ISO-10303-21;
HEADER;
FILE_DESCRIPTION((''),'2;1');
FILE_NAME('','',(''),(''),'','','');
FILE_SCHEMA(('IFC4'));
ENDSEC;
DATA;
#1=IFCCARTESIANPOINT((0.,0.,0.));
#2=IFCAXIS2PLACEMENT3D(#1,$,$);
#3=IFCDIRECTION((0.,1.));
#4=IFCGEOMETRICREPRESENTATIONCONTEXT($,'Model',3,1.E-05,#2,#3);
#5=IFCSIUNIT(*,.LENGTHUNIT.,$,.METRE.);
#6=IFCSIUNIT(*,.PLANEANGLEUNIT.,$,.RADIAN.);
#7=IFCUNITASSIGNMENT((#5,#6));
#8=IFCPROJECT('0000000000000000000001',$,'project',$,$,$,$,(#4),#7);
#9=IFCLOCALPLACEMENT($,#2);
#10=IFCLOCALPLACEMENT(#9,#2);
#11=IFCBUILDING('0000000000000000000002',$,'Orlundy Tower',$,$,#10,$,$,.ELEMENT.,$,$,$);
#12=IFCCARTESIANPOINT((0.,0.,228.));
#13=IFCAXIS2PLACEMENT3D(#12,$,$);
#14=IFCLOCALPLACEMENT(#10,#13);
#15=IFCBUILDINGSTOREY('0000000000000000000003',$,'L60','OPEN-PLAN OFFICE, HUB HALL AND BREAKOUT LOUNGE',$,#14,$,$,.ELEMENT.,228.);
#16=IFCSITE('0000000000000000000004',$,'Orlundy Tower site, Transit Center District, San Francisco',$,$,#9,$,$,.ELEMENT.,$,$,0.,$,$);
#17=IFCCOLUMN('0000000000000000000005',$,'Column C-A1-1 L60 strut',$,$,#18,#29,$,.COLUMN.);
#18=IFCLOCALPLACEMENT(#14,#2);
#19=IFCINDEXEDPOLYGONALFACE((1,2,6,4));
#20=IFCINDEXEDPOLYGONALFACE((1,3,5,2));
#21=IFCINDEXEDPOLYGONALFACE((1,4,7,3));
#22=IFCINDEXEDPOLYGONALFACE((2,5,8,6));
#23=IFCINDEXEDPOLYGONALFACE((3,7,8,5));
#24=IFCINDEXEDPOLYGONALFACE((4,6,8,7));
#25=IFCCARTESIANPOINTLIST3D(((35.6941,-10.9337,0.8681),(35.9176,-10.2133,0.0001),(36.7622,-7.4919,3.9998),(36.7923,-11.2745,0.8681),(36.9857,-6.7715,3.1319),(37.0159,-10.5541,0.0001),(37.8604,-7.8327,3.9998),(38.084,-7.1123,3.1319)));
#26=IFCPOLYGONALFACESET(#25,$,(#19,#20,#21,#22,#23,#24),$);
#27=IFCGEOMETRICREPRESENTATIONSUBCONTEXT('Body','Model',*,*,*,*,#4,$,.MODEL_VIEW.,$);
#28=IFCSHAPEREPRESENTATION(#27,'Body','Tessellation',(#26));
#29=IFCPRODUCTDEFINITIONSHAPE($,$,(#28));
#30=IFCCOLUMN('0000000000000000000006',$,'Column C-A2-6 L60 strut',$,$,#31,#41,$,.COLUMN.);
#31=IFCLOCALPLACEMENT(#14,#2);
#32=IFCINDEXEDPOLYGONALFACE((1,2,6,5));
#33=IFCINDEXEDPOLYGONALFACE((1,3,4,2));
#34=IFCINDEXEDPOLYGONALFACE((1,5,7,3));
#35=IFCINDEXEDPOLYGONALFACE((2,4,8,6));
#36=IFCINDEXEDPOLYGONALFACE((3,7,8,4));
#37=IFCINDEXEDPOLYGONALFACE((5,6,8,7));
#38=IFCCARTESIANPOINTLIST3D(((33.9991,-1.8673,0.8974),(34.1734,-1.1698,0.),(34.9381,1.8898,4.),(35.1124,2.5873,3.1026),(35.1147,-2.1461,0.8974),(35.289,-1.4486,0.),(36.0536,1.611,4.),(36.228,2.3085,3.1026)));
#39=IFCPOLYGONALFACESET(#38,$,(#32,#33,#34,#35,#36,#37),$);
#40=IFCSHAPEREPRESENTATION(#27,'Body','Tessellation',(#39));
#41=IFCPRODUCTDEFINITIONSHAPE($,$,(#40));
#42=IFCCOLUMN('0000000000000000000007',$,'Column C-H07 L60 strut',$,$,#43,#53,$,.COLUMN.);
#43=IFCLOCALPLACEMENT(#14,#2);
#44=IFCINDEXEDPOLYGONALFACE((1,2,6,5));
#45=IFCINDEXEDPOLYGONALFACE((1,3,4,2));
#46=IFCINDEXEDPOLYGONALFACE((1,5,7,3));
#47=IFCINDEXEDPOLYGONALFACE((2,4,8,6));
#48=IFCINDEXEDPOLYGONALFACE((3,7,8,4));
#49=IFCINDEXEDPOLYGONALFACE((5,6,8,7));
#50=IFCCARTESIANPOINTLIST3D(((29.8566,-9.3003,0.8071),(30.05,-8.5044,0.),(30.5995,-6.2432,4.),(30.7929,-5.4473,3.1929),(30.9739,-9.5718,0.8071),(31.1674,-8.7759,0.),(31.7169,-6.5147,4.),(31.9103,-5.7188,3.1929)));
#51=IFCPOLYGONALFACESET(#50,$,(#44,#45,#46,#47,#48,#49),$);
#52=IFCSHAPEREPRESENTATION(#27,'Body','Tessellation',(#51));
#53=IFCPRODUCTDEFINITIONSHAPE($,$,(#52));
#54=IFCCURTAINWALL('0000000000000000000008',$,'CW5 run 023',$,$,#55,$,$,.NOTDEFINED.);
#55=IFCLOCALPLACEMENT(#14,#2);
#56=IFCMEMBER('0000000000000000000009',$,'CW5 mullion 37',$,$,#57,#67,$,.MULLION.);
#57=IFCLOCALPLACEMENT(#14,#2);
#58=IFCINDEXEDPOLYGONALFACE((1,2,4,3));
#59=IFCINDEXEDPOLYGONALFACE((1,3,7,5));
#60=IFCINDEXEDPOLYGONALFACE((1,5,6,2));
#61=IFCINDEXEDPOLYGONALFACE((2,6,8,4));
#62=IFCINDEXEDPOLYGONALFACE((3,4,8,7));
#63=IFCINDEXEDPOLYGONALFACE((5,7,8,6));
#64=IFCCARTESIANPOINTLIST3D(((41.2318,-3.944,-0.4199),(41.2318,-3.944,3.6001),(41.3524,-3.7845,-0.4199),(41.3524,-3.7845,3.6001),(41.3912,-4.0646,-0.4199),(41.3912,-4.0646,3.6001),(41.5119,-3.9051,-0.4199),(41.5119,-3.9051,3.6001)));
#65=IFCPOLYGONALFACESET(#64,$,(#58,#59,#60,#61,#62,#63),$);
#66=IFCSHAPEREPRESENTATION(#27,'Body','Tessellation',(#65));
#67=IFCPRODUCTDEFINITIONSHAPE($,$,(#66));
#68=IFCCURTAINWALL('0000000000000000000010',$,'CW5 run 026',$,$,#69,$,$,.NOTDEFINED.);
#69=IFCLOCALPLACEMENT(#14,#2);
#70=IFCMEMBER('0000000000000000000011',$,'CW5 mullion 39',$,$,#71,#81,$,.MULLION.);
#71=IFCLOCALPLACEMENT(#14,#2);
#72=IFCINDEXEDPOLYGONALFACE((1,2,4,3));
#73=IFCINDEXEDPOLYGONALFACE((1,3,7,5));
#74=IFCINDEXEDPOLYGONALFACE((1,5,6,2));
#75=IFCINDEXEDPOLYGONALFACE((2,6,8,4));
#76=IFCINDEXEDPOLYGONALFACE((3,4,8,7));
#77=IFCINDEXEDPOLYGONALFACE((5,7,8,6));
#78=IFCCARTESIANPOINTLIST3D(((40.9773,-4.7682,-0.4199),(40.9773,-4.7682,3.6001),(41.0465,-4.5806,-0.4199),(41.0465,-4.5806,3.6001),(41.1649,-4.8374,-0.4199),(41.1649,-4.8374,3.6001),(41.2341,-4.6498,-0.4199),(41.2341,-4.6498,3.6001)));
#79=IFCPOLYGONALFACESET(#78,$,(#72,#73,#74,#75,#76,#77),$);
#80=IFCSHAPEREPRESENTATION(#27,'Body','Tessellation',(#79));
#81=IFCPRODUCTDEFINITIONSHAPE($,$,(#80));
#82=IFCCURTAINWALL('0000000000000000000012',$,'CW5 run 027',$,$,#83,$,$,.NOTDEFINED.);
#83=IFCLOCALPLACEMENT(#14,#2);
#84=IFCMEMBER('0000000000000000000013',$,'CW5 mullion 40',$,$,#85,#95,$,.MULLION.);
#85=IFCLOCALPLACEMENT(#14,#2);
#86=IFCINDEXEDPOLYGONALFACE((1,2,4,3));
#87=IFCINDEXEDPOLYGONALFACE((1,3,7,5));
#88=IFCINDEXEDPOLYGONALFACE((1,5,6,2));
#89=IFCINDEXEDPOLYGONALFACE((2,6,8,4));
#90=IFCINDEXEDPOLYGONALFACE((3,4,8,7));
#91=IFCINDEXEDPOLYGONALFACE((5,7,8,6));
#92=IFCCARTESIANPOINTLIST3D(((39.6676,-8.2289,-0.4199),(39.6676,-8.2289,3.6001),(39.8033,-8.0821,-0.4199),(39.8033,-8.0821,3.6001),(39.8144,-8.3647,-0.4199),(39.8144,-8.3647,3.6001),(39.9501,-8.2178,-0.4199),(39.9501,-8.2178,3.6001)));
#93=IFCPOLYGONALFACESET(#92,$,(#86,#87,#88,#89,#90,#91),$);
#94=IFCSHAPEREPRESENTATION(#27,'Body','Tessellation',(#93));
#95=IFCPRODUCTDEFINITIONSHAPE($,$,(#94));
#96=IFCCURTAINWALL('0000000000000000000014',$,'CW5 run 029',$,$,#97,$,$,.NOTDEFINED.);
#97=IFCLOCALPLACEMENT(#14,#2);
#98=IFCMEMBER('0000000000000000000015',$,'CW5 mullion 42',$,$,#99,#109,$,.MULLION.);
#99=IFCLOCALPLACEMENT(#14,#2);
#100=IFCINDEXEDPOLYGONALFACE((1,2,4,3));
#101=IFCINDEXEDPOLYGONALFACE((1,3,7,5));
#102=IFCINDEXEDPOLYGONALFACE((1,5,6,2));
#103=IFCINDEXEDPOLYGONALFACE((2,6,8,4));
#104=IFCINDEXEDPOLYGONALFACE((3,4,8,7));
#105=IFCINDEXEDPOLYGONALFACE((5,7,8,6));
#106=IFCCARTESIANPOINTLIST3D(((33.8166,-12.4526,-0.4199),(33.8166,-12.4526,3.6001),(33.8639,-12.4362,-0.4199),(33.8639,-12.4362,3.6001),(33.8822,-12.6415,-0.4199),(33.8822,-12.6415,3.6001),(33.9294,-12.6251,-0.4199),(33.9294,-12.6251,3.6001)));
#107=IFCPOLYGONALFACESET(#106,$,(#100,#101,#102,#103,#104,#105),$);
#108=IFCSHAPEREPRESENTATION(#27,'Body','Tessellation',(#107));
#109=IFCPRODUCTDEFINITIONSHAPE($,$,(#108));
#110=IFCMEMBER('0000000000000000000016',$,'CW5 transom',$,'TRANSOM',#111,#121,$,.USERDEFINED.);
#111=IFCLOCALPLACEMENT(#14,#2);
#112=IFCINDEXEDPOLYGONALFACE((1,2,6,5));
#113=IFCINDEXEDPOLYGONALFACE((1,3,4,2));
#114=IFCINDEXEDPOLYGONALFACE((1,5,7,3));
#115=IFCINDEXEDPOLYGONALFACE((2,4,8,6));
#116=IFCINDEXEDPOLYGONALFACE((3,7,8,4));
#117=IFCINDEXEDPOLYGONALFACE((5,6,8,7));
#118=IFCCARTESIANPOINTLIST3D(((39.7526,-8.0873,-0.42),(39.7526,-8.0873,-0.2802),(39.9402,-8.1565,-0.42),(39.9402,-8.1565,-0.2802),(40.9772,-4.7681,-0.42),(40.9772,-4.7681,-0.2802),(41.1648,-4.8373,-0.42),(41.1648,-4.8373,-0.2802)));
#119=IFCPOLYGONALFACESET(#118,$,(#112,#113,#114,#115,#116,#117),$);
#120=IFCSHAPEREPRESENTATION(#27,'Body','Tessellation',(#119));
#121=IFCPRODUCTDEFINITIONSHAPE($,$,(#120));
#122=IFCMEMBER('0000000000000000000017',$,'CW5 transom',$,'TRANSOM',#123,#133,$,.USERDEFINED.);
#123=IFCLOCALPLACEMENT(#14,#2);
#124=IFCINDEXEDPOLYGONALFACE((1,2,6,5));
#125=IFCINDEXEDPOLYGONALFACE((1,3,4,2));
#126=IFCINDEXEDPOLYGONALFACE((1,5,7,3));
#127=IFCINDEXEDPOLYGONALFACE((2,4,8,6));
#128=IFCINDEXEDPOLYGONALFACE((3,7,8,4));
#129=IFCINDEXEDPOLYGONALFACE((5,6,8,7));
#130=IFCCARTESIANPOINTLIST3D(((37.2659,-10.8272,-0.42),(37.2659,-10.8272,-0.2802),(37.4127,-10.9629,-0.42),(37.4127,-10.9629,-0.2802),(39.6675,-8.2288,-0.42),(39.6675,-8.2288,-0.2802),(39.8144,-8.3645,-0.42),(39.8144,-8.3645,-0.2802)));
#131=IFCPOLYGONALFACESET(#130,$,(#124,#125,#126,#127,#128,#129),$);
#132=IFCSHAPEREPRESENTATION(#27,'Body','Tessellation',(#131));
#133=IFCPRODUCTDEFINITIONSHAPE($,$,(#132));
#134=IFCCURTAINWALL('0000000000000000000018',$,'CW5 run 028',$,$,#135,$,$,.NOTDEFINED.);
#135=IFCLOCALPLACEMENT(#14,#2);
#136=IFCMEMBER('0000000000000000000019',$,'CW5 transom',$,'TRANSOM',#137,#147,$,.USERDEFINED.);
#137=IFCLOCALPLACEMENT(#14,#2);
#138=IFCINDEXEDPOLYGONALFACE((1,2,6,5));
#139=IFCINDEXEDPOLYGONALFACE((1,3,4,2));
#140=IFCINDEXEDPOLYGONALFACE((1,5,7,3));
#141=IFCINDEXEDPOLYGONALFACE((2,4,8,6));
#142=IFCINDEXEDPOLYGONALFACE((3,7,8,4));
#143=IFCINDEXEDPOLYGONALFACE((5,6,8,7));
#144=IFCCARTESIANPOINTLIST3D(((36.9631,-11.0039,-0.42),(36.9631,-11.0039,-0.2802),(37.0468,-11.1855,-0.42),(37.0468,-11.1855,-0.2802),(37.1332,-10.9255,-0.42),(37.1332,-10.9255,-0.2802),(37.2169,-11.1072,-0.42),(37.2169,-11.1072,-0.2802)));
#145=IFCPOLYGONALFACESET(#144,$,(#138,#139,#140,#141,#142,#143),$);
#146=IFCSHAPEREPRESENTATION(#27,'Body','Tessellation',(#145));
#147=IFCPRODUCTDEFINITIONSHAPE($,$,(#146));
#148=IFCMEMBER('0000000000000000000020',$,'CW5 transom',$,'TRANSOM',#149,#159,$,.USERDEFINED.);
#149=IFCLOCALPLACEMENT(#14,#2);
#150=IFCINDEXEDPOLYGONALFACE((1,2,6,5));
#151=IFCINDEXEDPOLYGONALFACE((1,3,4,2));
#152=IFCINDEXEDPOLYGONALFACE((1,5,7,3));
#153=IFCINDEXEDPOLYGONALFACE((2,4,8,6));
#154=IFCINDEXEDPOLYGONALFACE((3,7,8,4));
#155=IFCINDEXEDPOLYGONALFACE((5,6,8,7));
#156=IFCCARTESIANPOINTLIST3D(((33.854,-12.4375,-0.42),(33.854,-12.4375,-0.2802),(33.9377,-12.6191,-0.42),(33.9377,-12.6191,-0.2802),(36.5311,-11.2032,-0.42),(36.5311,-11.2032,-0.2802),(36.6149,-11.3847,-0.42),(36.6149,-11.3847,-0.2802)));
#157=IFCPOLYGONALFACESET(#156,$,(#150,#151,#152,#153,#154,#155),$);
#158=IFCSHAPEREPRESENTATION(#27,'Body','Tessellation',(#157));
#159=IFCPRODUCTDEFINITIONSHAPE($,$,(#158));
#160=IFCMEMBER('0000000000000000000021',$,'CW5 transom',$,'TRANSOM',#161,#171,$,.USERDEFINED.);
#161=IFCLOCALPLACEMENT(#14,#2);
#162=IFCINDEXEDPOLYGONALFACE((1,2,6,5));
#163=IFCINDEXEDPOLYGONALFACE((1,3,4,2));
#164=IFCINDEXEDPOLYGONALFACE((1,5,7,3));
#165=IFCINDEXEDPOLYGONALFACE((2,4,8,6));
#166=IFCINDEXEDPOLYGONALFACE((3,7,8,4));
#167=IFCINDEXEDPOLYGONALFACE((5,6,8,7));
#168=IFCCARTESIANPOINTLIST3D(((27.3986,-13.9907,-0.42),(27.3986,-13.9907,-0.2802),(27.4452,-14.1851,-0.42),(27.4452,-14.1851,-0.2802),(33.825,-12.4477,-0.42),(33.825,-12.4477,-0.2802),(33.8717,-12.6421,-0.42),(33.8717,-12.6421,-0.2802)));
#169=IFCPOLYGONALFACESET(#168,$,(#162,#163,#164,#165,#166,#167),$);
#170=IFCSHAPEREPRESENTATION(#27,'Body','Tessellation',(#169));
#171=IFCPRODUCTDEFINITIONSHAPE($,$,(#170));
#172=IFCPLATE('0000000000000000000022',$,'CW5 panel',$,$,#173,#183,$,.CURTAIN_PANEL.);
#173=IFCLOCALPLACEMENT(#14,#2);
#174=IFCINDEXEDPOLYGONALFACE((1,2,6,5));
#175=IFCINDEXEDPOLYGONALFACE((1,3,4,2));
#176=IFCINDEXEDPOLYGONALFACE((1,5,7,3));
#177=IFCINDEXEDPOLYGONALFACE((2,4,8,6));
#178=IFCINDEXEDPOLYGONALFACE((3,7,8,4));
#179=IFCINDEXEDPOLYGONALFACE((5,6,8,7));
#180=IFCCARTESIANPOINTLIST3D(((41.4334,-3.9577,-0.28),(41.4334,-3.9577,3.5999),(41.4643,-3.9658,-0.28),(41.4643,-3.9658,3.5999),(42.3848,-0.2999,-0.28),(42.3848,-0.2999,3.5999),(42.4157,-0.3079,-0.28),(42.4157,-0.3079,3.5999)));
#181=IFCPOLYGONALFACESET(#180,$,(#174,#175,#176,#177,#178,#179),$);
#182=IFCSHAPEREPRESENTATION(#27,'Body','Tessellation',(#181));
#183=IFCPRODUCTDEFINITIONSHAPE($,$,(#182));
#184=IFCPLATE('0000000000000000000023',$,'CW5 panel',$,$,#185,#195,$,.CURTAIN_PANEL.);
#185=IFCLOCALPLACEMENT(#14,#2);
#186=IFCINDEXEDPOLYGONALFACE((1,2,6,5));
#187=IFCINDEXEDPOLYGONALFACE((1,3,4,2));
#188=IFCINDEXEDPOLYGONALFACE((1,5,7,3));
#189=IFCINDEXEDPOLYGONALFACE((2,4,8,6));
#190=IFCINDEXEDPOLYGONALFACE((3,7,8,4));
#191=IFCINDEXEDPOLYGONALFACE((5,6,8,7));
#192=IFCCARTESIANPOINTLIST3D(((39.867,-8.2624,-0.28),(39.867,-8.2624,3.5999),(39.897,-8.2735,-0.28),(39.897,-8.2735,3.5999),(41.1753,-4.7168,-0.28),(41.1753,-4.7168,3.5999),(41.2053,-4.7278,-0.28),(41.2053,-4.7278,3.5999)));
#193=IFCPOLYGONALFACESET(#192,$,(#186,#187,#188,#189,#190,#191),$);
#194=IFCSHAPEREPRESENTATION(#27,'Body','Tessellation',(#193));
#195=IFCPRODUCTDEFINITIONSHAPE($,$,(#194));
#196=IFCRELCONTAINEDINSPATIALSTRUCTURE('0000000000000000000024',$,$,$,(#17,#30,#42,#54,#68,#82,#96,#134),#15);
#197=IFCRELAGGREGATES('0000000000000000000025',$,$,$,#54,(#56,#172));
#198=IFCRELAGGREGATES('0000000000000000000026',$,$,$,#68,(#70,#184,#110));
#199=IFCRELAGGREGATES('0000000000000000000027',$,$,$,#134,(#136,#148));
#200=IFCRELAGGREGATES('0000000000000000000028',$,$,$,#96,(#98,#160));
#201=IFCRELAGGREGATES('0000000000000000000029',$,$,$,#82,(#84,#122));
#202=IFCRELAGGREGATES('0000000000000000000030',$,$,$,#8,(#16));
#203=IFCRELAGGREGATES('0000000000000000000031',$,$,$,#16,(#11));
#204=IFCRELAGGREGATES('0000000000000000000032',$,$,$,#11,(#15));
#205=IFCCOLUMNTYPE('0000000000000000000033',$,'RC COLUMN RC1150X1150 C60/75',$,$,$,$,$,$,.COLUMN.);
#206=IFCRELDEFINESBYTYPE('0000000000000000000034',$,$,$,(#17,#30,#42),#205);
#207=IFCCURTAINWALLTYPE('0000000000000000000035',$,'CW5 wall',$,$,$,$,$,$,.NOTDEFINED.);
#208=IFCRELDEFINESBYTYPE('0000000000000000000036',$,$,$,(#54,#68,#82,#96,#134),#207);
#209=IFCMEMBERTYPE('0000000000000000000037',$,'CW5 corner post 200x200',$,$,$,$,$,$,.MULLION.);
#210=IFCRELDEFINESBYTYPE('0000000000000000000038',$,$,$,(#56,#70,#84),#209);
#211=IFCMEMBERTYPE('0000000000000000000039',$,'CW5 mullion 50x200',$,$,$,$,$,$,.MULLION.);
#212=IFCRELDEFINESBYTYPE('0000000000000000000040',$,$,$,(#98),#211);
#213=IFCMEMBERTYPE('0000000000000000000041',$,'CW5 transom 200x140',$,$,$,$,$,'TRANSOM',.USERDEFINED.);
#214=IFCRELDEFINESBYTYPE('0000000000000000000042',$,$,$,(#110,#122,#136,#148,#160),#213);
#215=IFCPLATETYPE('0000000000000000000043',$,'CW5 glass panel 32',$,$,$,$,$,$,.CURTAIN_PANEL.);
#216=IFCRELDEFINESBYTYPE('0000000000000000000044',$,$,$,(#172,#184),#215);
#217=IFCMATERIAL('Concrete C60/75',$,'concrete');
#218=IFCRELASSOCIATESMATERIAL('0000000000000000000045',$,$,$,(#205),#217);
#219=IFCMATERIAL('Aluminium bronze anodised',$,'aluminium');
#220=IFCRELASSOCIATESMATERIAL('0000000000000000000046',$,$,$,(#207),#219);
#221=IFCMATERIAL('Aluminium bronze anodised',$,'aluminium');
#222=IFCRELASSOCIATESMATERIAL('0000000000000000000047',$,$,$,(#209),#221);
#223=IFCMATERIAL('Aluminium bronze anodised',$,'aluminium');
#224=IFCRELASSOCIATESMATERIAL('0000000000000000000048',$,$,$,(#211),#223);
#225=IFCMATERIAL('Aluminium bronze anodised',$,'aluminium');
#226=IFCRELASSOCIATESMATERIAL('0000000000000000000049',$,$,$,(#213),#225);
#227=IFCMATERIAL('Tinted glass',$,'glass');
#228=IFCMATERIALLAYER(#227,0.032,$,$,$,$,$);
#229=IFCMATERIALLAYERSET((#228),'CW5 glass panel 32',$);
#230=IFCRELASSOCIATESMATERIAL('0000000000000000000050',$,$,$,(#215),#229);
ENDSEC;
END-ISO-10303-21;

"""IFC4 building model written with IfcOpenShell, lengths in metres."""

from ifc_helpers import new_model, si_unit, direction, frame, origin, origin_2d, place, context, subcontext, project, spatial, rectangle, extrude, material, layer, layer_set, material_profile, profile_set, type_object, element, aggregate, save


model = new_model("IFC4")

# Units and contexts
model_context = context("Model", 3, precision=1e-05, world=origin(), true_north=direction((0.0, 1.0)))
body_context = subcontext(model_context, "Body", "Model", "MODEL_VIEW")
ifc_project = project(units=[si_unit("LENGTHUNIT", "METRE"), si_unit("PLANEANGLEUNIT", "RADIAN")], contexts=[model_context])

# Site, building, storey
site_placement = place(None, origin())
site = spatial("IfcSite", under=ifc_project, at=site_placement, Name="Orlundy Tower site, Transit Center District, San Francisco", CompositionType="ELEMENT", RefElevation=0.0)
building_placement = place(site_placement, origin())
building = spatial("IfcBuilding", under=site, at=building_placement, Name="Orlundy Tower", CompositionType="ELEMENT")
storey_placement = place(building_placement, frame((0.0, 0.0, 228.0)))
storey = spatial("IfcBuildingStorey", under=building, at=storey_placement, Name="L60", Description="OPEN-PLAN OFFICE, HUB HALL AND BREAKOUT LOUNGE", CompositionType="ELEMENT", Elevation=228.0)

# Columns
ifc_material_1 = material(Name="Concrete C60/75", Category="concrete")
ifc_material_profile_1 = material_profile(ifc_material_1, rectangle(XDim=1.1499, YDim=1.1499, at=origin_2d()), Name="RC1150X1150")
ifc_profile_set_1 = profile_set([ifc_material_profile_1], Name="Concrete C60/75")
column_type = type_object("IfcColumnType", Name="RC COLUMN RC1150X1150 C60/75", PredefinedType="COLUMN", material=ifc_profile_set_1)
column_1_placement = place(storey_placement, frame((36.355, -10.7439, 0.4341), z_axis=(0.223712, 0.72089, 0.65595), x_axis=(-0.955069, 0.296384, 0.0)))
element("IfcColumn", 1, at=column_1_placement, inside=storey, type_object=column_type, Name="Column C-A1-1 L60 strut", PredefinedType="COLUMN", context=body_context, shape_type="SweptSolid", body=[
    extrude(rectangle(XDim=1.1499, YDim=1.1499, at=origin_2d()), origin(), (0.0, 0.0, 1.0), 4.7744),
])
column_2_placement = place(storey_placement, frame((34.644, -1.658, 0.4487), z_axis=(0.189225, 0.757146, 0.625239), x_axis=(-0.970161, 0.242461, 0.0)))
element("IfcColumn", 2, at=column_2_placement, inside=storey, type_object=column_type, Name="Column C-A2-6 L60 strut", PredefinedType="COLUMN", context=body_context, shape_type="SweptSolid", body=[
    extrude(rectangle(XDim=1.1499, YDim=1.1499, at=origin_2d()), origin(), (0.0, 0.0, 1.0), 4.9622),
])
column_3_placement = place(storey_placement, frame((30.512, -9.0381, 0.4036), z_axis=(0.16574, 0.682021, 0.712304), x_axis=(-0.971719, 0.23614, 0.0)))
element("IfcColumn", 3, at=column_3_placement, inside=storey, type_object=column_type, Name="Column C-H07 L60 strut", PredefinedType="COLUMN", context=body_context, shape_type="SweptSolid", body=[
    extrude(rectangle(XDim=1.1499, YDim=1.1499, at=origin_2d()), origin(), (0.0, 0.0, 1.0), 4.4824),
])

# Curtain walls, members
ifc_material_2 = material(Name="Aluminium bronze anodised", Category="aluminium")
curtain_wall_type = type_object("IfcCurtainWallType", Name="CW5 wall", PredefinedType="NOTDEFINED", material=ifc_material_2)
curtain_wall_1_placement = place(storey_placement, origin())
curtain_wall_1 = element("IfcCurtainWall", 4, at=curtain_wall_1_placement, inside=storey, type_object=curtain_wall_type, Name="CW5 run 023", PredefinedType="NOTDEFINED")
ifc_material_3 = material(Name="Aluminium bronze anodised", Category="aluminium")
ifc_material_profile_2 = material_profile(ifc_material_3, rectangle(XDim=0.2, YDim=0.2, at=origin_2d()), Name="CW5 corner post 200x200")
ifc_profile_set_2 = profile_set([ifc_material_profile_2], Name="Aluminium bronze anodised")
member_type_1 = type_object("IfcMemberType", Name="CW5 corner post 200x200", PredefinedType="MULLION", material=ifc_profile_set_2)
member_1_placement = place(storey_placement, frame((41.3718, -3.9246, -0.4199), z_axis=(0.0, 0.0, 1.0), x_axis=(0.797514, -0.603301, 0.0)))
member_1 = element("IfcMember", 5, at=member_1_placement, type_object=member_type_1, Name="CW5 mullion 37", PredefinedType="MULLION", context=body_context, shape_type="SweptSolid", body=[
    extrude(rectangle(XDim=0.2, YDim=0.2, at=origin_2d()), origin(), (0.0, 0.0, 1.0), 4.02),
])
curtain_wall_2_placement = place(storey_placement, origin())
curtain_wall_2 = element("IfcCurtainWall", 6, at=curtain_wall_2_placement, inside=storey, type_object=curtain_wall_type, Name="CW5 run 026", PredefinedType="NOTDEFINED")
member_2_placement = place(storey_placement, frame((41.1057, -4.709, -0.4199), z_axis=(0.0, 0.0, 1.0), x_axis=(0.938168, -0.34618, 0.0)))
member_2 = element("IfcMember", 7, at=member_2_placement, type_object=member_type_1, Name="CW5 mullion 39", PredefinedType="MULLION", context=body_context, shape_type="SweptSolid", body=[
    extrude(rectangle(XDim=0.2, YDim=0.2, at=origin_2d()), origin(), (0.0, 0.0, 1.0), 4.02),
])
curtain_wall_3_placement = place(storey_placement, origin())
curtain_wall_3 = element("IfcCurtainWall", 8, at=curtain_wall_3_placement, inside=storey, type_object=curtain_wall_type, Name="CW5 run 027", PredefinedType="NOTDEFINED")
member_3_placement = place(storey_placement, frame((39.8088, -8.2234, -0.4199), z_axis=(0.0, 0.0, 1.0), x_axis=(0.734348, -0.678773, 0.0)))
member_3 = element("IfcMember", 9, at=member_3_placement, type_object=member_type_1, Name="CW5 mullion 40", PredefinedType="MULLION", context=body_context, shape_type="SweptSolid", body=[
    extrude(rectangle(XDim=0.2, YDim=0.2, at=origin_2d()), origin(), (0.0, 0.0, 1.0), 4.02),
])
curtain_wall_4_placement = place(storey_placement, origin())
curtain_wall_4 = element("IfcCurtainWall", 10, at=curtain_wall_4_placement, inside=storey, type_object=curtain_wall_type, Name="CW5 run 029", PredefinedType="NOTDEFINED")
ifc_material_4 = material(Name="Aluminium bronze anodised", Category="aluminium")
ifc_material_profile_3 = material_profile(ifc_material_4, rectangle(XDim=0.2, YDim=0.05, at=origin_2d()), Name="CW5 mullion 50x200")
ifc_profile_set_3 = profile_set([ifc_material_profile_3], Name="Aluminium bronze anodised")
member_type_2 = type_object("IfcMemberType", Name="CW5 mullion 50x200", PredefinedType="MULLION", material=ifc_profile_set_3)
member_4_placement = place(storey_placement, frame((33.873, -12.5388, -0.4199), z_axis=(0.0, 0.0, 1.0), x_axis=(0.327673, -0.944791, 0.0)))
member_4 = element("IfcMember", 11, at=member_4_placement, type_object=member_type_2, Name="CW5 mullion 42", PredefinedType="MULLION", context=body_context, shape_type="SweptSolid", body=[
    extrude(rectangle(XDim=0.2, YDim=0.05, at=origin_2d()), origin(), (0.0, 0.0, 1.0), 4.02),
])

# Members
ifc_material_5 = material(Name="Aluminium bronze anodised", Category="aluminium")
ifc_material_profile_4 = material_profile(ifc_material_5, rectangle(XDim=0.2, YDim=0.1399, at=origin_2d()), Name="CW5 transom 200x140")
ifc_profile_set_4 = profile_set([ifc_material_profile_4], Name="Aluminium bronze anodised")
member_type_3 = type_object("IfcMemberType", Name="CW5 transom 200x140", ElementType="TRANSOM", PredefinedType="USERDEFINED", material=ifc_profile_set_4)
member_5_placement = place(storey_placement, frame((41.071, -4.8027, -0.3501), z_axis=(-0.34615, -0.938179, 0.0), x_axis=(0.938179, -0.34615, 0.0)))
member_5 = element("IfcMember", 12, at=member_5_placement, type_object=member_type_3, Name="CW5 transom", ObjectType="TRANSOM", PredefinedType="USERDEFINED", context=body_context, shape_type="SweptSolid", body=[
    extrude(rectangle(XDim=0.2, YDim=0.1399, at=origin_2d()), origin(), (0.0, 0.0, 1.0), 3.5378),
])
member_6_placement = place(storey_placement, frame((39.741, -8.2966, -0.3501), z_axis=(-0.678753, -0.734367, 0.0), x_axis=(0.734367, -0.678753, 0.0)))
member_6 = element("IfcMember", 13, at=member_6_placement, type_object=member_type_3, Name="CW5 transom", ObjectType="TRANSOM", PredefinedType="USERDEFINED", context=body_context, shape_type="SweptSolid", body=[
    extrude(rectangle(XDim=0.2, YDim=0.1399, at=origin_2d()), origin(), (0.0, 0.0, 1.0), 3.5383),
])

# Curtain wall, members
curtain_wall_5_placement = place(storey_placement, origin())
curtain_wall_5 = element("IfcCurtainWall", 14, at=curtain_wall_5_placement, inside=storey, type_object=curtain_wall_type, Name="CW5 run 028", PredefinedType="NOTDEFINED")
member_7_placement = place(storey_placement, frame((37.175, -11.0164, -0.3501), z_axis=(-0.908302, -0.418314, 0.0), x_axis=(0.418314, -0.908302, 0.0)))
member_7 = element("IfcMember", 15, at=member_7_placement, type_object=member_type_3, Name="CW5 transom", ObjectType="TRANSOM", PredefinedType="USERDEFINED", context=body_context, shape_type="SweptSolid", body=[
    extrude(rectangle(XDim=0.2, YDim=0.1399, at=origin_2d()), origin(), (0.0, 0.0, 1.0), 0.1873),
])
member_8_placement = place(storey_placement, frame((36.573, -11.2939, -0.3501), z_axis=(-0.908124, -0.418701, 0.0), x_axis=(0.418701, -0.908124, 0.0)))
member_8 = element("IfcMember", 16, at=member_8_placement, type_object=member_type_3, Name="CW5 transom", ObjectType="TRANSOM", PredefinedType="USERDEFINED", context=body_context, shape_type="SweptSolid", body=[
    extrude(rectangle(XDim=0.2, YDim=0.1399, at=origin_2d()), origin(), (0.0, 0.0, 1.0), 2.948),
])

# Member
member_9_placement = place(storey_placement, frame((33.8484, -12.5449, -0.3501), z_axis=(-0.972367, -0.23346, 0.0), x_axis=(0.23346, -0.972367, 0.0)))
member_9 = element("IfcMember", 17, at=member_9_placement, type_object=member_type_3, Name="CW5 transom", ObjectType="TRANSOM", PredefinedType="USERDEFINED", context=body_context, shape_type="SweptSolid", body=[
    extrude(rectangle(XDim=0.2, YDim=0.1399, at=origin_2d()), origin(), (0.0, 0.0, 1.0), 6.6091),
])

# Plates
ifc_material_6 = material(Name="Tinted glass", Category="glass")
ifc_layer_1 = layer(ifc_material_6, 0.032)
ifc_layer_set_1 = layer_set([ifc_layer_1], Name="CW5 glass panel 32")
plate_type_1 = type_object("IfcPlateType", Name="CW5 glass panel 32", PredefinedType="CURTAIN_PANEL", material=ifc_layer_set_1)
plate_1_placement = place(storey_placement, frame((41.9246, -2.1328, -0.28), z_axis=(0.0, 0.0, 1.0), x_axis=(-0.25173, -0.967798, 0.0)))
plate_1 = element("IfcPlate", 18, at=plate_1_placement, type_object=plate_type_1, Name="CW5 panel", PredefinedType="CURTAIN_PANEL", context=body_context, shape_type="SweptSolid", body=[
    extrude(rectangle(XDim=3.7795, YDim=0.032, at=origin_2d()), origin(), (0.0, 0.0, 1.0), 3.8799),
])
aggregate(curtain_wall_1, [member_1, plate_1])
plate_2_placement = place(storey_placement, frame((40.5361, -6.4951, -0.28), z_axis=(0.0, 0.0, 1.0), x_axis=(-0.34618, -0.938168, 0.0)))
plate_2 = element("IfcPlate", 19, at=plate_2_placement, type_object=plate_type_1, Name="CW5 panel", PredefinedType="CURTAIN_PANEL", context=body_context, shape_type="SweptSolid", body=[
    extrude(rectangle(XDim=3.7793, YDim=0.032, at=origin_2d()), origin(), (0.0, 0.0, 1.0), 3.8799),
])
aggregate(curtain_wall_2, [member_2, plate_2, member_5])
aggregate(curtain_wall_5, [member_7, member_8])
aggregate(curtain_wall_4, [member_4, member_9])
aggregate(curtain_wall_3, [member_3, member_6])

save(model, "model.ifc")
